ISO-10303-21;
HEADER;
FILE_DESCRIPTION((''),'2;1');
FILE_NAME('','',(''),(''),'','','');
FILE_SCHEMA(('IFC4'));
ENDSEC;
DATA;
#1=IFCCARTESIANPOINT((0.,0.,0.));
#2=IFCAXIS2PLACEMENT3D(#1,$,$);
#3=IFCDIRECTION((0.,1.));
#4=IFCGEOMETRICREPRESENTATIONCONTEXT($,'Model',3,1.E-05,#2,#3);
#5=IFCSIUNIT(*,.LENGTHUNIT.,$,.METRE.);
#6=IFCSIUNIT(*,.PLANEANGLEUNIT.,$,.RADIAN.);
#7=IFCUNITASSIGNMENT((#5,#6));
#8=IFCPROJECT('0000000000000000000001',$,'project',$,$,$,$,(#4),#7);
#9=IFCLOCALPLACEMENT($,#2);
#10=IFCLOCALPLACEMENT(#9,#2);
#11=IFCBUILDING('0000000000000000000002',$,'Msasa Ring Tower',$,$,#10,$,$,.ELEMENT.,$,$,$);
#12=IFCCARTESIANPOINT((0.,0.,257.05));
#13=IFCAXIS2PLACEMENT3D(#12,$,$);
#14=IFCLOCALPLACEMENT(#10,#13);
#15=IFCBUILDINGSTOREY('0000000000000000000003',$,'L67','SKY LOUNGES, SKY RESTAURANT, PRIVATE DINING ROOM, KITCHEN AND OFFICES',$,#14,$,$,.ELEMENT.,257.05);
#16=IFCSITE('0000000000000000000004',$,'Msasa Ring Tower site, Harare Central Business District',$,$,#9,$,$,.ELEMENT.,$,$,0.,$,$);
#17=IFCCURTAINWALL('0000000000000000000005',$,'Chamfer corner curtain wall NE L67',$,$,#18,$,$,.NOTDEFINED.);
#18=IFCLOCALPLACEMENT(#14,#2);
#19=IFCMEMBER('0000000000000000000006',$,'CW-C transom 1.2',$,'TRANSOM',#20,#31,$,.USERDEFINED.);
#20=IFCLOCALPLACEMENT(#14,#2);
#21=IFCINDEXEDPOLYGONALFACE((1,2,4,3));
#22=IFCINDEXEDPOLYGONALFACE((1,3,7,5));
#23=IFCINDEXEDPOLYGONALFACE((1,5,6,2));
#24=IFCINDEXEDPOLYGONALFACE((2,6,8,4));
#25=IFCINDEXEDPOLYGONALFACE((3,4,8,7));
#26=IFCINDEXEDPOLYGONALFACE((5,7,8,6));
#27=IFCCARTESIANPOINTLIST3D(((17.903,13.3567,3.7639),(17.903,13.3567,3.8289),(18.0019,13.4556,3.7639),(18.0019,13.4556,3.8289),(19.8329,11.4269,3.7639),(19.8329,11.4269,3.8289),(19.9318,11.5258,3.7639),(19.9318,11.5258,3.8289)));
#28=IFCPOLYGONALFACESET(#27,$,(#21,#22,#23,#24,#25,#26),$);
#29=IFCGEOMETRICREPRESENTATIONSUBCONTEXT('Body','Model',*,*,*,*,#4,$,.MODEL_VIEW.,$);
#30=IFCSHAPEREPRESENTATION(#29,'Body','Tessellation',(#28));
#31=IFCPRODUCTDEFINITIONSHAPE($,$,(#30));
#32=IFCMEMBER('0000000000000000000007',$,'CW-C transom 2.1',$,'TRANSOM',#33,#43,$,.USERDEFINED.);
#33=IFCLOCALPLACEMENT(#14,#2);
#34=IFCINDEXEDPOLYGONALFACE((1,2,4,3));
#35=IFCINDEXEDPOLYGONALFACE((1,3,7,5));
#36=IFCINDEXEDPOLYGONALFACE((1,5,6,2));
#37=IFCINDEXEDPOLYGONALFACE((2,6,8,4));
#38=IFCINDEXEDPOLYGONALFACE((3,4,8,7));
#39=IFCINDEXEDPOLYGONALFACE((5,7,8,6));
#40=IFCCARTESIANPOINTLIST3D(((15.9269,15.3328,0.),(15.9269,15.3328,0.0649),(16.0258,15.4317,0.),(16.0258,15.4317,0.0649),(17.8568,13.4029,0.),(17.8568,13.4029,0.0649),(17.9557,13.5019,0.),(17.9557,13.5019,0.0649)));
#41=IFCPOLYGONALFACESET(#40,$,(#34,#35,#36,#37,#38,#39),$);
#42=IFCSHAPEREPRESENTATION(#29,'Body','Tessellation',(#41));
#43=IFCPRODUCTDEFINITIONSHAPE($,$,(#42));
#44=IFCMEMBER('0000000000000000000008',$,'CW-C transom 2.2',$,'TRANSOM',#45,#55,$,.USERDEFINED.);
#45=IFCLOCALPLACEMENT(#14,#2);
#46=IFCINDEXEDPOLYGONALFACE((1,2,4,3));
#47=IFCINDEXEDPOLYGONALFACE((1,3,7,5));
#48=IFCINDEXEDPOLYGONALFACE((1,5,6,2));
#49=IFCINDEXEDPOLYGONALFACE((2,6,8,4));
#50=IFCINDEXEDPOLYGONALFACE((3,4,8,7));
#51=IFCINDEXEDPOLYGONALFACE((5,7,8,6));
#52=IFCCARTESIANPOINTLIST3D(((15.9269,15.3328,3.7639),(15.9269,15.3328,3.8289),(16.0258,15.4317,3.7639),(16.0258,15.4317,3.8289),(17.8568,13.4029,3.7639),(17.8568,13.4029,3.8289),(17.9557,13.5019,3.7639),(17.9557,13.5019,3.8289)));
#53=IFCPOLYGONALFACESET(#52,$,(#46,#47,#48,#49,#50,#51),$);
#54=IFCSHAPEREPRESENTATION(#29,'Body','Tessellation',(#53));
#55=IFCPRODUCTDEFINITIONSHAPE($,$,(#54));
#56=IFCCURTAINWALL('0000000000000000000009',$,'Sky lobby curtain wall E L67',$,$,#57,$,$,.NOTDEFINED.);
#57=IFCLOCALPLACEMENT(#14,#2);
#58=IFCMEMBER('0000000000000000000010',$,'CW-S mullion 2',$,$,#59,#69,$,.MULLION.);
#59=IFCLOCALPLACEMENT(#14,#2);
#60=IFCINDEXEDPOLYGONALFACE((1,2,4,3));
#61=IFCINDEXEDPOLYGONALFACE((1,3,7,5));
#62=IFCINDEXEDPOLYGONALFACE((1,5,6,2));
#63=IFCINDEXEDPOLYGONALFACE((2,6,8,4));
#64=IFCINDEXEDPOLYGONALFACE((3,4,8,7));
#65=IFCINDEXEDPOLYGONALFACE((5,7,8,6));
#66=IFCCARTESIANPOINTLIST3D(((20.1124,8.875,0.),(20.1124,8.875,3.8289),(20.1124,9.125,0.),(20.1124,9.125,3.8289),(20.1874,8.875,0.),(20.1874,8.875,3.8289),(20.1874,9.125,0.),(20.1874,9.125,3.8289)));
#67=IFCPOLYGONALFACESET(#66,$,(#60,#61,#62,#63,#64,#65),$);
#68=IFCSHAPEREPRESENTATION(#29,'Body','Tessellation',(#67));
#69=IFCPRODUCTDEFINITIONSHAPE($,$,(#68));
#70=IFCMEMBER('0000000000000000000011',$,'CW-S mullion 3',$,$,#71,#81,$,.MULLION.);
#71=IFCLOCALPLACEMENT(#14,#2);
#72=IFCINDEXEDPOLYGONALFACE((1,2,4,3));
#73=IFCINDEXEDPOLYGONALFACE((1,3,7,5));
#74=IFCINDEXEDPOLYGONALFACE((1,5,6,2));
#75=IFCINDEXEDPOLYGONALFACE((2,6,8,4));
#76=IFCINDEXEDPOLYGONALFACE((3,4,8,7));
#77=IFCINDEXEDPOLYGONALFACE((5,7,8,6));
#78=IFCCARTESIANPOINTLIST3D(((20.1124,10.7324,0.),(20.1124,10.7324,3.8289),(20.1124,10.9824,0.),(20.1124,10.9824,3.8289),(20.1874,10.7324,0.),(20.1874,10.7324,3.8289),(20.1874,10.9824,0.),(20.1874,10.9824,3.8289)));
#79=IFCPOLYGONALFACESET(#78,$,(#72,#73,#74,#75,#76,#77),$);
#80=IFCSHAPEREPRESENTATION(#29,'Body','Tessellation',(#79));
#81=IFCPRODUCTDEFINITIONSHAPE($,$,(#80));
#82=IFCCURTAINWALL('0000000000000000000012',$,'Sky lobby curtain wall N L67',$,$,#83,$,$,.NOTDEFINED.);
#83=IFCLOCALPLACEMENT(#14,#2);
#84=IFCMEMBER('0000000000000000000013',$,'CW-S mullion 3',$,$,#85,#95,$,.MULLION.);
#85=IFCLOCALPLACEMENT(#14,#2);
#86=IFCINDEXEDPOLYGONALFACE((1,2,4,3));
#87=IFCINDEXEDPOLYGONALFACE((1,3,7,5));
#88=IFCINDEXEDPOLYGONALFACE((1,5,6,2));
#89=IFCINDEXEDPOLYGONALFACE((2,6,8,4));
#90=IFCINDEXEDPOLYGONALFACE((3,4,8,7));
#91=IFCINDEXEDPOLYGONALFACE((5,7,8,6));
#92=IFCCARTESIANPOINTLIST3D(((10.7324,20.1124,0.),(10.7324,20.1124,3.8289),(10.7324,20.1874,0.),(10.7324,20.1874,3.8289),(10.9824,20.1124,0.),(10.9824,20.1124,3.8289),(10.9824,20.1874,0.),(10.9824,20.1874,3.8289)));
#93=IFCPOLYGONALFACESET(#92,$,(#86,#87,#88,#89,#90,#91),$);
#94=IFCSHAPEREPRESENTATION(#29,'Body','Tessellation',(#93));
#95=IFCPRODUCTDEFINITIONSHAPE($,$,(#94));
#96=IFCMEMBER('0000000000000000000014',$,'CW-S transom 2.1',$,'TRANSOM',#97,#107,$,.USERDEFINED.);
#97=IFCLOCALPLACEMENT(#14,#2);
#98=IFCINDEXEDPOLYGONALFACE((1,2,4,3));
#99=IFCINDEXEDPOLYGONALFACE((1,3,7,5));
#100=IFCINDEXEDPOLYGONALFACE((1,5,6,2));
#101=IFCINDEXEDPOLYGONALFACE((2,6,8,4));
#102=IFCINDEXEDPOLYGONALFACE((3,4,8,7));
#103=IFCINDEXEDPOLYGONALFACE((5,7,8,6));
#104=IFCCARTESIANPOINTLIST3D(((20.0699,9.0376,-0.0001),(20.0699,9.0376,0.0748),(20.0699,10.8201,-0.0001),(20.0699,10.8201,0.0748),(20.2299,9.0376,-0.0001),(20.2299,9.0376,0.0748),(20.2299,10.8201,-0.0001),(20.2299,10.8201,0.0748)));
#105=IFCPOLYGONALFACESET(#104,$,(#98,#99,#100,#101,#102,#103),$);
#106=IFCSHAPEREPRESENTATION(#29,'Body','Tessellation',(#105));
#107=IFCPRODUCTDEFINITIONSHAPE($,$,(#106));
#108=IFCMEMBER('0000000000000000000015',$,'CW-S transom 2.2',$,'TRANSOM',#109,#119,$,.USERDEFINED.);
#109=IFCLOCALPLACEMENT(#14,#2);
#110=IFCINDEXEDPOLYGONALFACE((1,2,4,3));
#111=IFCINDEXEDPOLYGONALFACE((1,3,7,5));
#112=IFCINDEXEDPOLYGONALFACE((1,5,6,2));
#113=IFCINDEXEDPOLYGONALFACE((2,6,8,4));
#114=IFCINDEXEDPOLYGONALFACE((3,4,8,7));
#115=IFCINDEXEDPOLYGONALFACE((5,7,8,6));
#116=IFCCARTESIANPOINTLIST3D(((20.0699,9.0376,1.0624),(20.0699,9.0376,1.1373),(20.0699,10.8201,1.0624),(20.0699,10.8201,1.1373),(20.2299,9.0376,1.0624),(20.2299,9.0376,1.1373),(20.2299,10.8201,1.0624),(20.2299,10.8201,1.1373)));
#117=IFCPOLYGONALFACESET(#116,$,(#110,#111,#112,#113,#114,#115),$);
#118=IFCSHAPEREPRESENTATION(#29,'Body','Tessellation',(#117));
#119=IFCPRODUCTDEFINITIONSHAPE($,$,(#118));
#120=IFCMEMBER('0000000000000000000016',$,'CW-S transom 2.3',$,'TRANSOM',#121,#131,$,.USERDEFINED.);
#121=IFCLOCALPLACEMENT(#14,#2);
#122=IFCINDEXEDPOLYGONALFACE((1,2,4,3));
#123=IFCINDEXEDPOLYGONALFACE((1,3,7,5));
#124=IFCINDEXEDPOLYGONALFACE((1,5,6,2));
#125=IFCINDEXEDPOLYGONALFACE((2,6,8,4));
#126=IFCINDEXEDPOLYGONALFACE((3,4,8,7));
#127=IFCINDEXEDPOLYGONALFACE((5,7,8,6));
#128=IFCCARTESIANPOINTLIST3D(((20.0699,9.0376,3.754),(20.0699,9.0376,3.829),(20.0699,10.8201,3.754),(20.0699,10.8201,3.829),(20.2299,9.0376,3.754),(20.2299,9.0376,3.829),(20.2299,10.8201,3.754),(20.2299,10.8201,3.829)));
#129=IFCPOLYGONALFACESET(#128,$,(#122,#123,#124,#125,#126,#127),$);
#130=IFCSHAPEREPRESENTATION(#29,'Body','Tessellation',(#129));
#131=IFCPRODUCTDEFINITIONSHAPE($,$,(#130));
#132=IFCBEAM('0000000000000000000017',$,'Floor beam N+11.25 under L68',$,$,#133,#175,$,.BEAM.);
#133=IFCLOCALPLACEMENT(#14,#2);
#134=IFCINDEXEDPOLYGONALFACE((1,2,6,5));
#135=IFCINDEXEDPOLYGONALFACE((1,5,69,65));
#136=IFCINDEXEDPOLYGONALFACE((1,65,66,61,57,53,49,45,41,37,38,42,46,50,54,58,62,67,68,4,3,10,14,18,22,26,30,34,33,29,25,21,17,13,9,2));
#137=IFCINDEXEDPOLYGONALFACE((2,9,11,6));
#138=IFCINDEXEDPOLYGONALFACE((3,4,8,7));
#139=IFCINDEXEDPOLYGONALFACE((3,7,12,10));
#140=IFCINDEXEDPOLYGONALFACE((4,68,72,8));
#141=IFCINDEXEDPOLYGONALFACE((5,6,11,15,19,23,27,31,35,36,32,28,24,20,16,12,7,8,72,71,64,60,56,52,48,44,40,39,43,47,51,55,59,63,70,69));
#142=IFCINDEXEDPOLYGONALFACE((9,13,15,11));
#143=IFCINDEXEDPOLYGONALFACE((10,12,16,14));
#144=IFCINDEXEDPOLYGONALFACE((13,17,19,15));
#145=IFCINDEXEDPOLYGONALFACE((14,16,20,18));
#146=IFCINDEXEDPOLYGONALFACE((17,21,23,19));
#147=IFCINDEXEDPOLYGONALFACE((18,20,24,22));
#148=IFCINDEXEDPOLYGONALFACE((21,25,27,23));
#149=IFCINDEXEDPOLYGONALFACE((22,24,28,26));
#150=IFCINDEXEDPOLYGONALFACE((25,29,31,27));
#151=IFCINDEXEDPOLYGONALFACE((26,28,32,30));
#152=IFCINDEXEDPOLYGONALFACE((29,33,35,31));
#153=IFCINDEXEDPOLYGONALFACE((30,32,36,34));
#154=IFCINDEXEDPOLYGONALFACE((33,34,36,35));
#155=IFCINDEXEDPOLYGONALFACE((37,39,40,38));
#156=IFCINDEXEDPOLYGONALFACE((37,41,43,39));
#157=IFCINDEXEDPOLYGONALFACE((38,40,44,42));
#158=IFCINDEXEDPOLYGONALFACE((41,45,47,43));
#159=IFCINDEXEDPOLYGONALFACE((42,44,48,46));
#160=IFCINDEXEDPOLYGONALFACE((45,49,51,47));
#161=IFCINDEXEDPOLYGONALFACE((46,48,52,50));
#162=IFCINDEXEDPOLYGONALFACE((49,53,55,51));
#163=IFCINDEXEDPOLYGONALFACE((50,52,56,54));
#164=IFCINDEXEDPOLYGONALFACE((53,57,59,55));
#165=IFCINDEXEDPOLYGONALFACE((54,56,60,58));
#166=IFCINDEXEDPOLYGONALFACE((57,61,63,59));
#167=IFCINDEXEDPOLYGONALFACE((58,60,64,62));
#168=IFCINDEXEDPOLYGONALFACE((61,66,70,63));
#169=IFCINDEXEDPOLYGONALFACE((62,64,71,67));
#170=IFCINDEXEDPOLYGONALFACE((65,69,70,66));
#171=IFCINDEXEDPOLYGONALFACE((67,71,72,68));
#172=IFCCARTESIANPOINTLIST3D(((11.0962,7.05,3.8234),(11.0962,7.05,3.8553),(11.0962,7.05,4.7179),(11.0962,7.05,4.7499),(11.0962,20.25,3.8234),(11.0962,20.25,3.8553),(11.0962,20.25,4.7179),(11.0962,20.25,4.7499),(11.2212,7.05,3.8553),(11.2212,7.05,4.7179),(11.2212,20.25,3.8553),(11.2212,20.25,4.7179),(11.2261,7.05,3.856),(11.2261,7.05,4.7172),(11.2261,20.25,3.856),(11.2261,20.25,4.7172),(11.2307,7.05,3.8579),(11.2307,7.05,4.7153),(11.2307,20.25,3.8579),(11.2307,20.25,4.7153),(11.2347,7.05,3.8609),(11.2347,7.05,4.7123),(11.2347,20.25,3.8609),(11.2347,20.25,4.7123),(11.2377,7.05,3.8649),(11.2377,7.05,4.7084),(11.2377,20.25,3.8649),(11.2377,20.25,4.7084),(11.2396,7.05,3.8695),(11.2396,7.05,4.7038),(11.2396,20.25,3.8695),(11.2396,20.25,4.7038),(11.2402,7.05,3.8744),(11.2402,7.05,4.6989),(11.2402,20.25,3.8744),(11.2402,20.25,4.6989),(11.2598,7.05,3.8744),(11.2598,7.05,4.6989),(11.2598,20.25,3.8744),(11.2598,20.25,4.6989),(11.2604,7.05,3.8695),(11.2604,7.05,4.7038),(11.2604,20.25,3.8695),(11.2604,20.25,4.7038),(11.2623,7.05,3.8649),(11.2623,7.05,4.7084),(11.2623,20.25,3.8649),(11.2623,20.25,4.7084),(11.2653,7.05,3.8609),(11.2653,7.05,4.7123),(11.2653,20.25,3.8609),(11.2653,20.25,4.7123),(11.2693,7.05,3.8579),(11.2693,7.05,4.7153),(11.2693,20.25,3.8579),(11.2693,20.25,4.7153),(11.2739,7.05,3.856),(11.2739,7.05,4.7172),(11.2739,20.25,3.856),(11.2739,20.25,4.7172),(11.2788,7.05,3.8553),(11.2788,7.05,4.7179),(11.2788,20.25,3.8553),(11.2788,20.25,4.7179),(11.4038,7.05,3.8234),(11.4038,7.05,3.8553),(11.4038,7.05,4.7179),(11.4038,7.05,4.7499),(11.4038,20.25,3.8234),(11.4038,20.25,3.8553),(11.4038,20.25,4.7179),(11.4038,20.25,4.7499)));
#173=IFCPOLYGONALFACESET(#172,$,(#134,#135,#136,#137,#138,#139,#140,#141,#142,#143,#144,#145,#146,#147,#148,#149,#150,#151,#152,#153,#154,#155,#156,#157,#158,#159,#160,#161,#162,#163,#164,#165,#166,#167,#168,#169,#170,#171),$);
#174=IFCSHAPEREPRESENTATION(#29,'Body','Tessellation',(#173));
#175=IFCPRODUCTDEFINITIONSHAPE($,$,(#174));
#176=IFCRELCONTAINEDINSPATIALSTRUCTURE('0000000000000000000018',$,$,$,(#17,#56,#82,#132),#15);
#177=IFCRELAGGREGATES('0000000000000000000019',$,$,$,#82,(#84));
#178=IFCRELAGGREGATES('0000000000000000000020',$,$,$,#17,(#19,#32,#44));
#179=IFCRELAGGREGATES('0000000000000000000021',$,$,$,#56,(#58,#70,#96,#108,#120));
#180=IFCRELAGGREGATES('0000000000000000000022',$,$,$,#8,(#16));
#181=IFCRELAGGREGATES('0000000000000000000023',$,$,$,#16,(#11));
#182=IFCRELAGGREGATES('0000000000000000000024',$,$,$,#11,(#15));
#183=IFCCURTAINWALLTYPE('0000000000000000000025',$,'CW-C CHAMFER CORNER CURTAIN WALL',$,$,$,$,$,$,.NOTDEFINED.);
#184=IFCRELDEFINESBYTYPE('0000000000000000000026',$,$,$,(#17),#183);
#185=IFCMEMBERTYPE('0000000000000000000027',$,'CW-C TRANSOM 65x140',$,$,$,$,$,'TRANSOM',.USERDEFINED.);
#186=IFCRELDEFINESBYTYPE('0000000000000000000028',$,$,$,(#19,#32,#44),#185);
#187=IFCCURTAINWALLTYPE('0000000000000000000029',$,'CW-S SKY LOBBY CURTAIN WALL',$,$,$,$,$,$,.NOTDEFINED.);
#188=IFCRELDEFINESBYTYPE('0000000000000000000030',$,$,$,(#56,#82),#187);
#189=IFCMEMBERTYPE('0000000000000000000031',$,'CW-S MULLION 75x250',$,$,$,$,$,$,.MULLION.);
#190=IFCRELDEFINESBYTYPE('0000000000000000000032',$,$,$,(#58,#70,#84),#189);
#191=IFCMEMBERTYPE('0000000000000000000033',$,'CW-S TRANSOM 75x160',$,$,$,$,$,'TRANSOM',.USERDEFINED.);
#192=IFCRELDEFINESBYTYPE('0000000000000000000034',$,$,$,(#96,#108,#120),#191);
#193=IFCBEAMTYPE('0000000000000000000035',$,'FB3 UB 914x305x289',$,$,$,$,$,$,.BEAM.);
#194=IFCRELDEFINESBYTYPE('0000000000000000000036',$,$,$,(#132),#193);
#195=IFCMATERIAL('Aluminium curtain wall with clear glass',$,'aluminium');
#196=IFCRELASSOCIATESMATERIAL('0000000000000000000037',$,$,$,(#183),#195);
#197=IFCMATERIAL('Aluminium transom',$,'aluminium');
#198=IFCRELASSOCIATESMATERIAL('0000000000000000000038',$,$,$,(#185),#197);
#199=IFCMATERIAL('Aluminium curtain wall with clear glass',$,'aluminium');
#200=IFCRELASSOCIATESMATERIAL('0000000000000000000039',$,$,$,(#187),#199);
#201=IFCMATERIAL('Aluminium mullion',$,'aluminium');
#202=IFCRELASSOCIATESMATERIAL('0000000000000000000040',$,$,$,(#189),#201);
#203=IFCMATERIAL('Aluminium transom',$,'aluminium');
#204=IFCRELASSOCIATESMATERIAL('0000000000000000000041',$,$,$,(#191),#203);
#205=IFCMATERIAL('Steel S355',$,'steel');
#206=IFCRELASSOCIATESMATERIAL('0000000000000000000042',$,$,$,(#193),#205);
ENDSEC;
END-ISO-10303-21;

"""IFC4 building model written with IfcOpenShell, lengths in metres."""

from ifc_helpers import new_model, si_unit, direction, frame, origin, origin_2d, place, context, subcontext, project, spatial, rectangle, i_section, extrude, material, material_profile, profile_set, type_object, element, aggregate, save


model = new_model("IFC4")

# Units and contexts
model_context = context("Model", 3, precision=1e-05, world=origin(), true_north=direction((0.0, 1.0)))
body_context = subcontext(model_context, "Body", "Model", "MODEL_VIEW")
ifc_project = project(units=[si_unit("LENGTHUNIT", "METRE"), si_unit("PLANEANGLEUNIT", "RADIAN")], contexts=[model_context])

# Site, building, storey
site_placement = place(None, origin())
site = spatial("IfcSite", under=ifc_project, at=site_placement, Name="Msasa Ring Tower site, Harare Central Business District", CompositionType="ELEMENT", RefElevation=0.0)
building_placement = place(site_placement, origin())
building = spatial("IfcBuilding", under=site, at=building_placement, Name="Msasa Ring Tower", CompositionType="ELEMENT")
storey_placement = place(building_placement, frame((0.0, 0.0, 257.05)))
storey = spatial("IfcBuildingStorey", under=building, at=storey_placement, Name="L67", Description="SKY LOUNGES, SKY RESTAURANT, PRIVATE DINING ROOM, KITCHEN AND OFFICES", CompositionType="ELEMENT", Elevation=257.05)

# Curtain wall
ifc_material_1 = material(Name="Aluminium curtain wall with clear glass", Category="aluminium")
curtain_wall_type_1 = type_object("IfcCurtainWallType", Name="CW-C CHAMFER CORNER CURTAIN WALL", PredefinedType="NOTDEFINED", material=ifc_material_1)
curtain_wall_1_placement = place(storey_placement, origin())
curtain_wall_1 = element("IfcCurtainWall", 1, at=curtain_wall_1_placement, inside=storey, type_object=curtain_wall_type_1, Name="Chamfer corner curtain wall NE L67", PredefinedType="NOTDEFINED")

# Members
ifc_material_2 = material(Name="Aluminium transom", Category="aluminium")
ifc_material_profile_1 = material_profile(ifc_material_2, rectangle(XDim=0.1399, YDim=0.0649, at=origin_2d()), Name="AL 65x140")
ifc_profile_set_1 = profile_set([ifc_material_profile_1], Name="Aluminium transom")
member_type_1 = type_object("IfcMemberType", Name="CW-C TRANSOM 65x140", ElementType="TRANSOM", PredefinedType="USERDEFINED", material=ifc_profile_set_1)
member_1_placement = place(storey_placement, frame((19.8823, 11.4763, 3.7964), z_axis=(-0.707107, 0.707107, 0.0), x_axis=(-0.707107, -0.707107, 0.0)))
member_1 = element("IfcMember", 2, at=member_1_placement, type_object=member_type_1, Name="CW-C transom 1.2", ObjectType="TRANSOM", PredefinedType="USERDEFINED", context=body_context, shape_type="SweptSolid", body=[
    extrude(rectangle(XDim=0.1399, YDim=0.0649, at=origin_2d()), origin(), (0.0, 0.0, 1.0), 2.7292),
])
member_2_placement = place(storey_placement, frame((17.9062, 13.4524, 0.0325), z_axis=(-0.707107, 0.707107, 0.0), x_axis=(-0.707107, -0.707107, 0.0)))
member_2 = element("IfcMember", 3, at=member_2_placement, type_object=member_type_1, Name="CW-C transom 2.1", ObjectType="TRANSOM", PredefinedType="USERDEFINED", context=body_context, shape_type="SweptSolid", body=[
    extrude(rectangle(XDim=0.1399, YDim=0.0649, at=origin_2d()), origin(), (0.0, 0.0, 1.0), 2.7292),
])
member_3_placement = place(storey_placement, frame((17.9062, 13.4524, 3.7964), z_axis=(-0.707107, 0.707107, 0.0), x_axis=(-0.707107, -0.707107, 0.0)))
member_3 = element("IfcMember", 4, at=member_3_placement, type_object=member_type_1, Name="CW-C transom 2.2", ObjectType="TRANSOM", PredefinedType="USERDEFINED", context=body_context, shape_type="SweptSolid", body=[
    extrude(rectangle(XDim=0.1399, YDim=0.0649, at=origin_2d()), origin(), (0.0, 0.0, 1.0), 2.7292),
])

# Curtain wall, members
ifc_material_3 = material(Name="Aluminium curtain wall with clear glass", Category="aluminium")
curtain_wall_type_2 = type_object("IfcCurtainWallType", Name="CW-S SKY LOBBY CURTAIN WALL", PredefinedType="NOTDEFINED", material=ifc_material_3)
curtain_wall_2_placement = place(storey_placement, origin())
curtain_wall_2 = element("IfcCurtainWall", 5, at=curtain_wall_2_placement, inside=storey, type_object=curtain_wall_type_2, Name="Sky lobby curtain wall E L67", PredefinedType="NOTDEFINED")
ifc_material_4 = material(Name="Aluminium mullion", Category="aluminium")
ifc_material_profile_2 = material_profile(ifc_material_4, rectangle(XDim=0.075, YDim=0.25, at=origin_2d()), Name="AL 75x250")
ifc_profile_set_2 = profile_set([ifc_material_profile_2], Name="Aluminium mullion")
member_type_2 = type_object("IfcMemberType", Name="CW-S MULLION 75x250", PredefinedType="MULLION", material=ifc_profile_set_2)
member_4_placement = place(storey_placement, frame((20.1499, 9.0, 0.0), z_axis=(0.0, 0.0, 1.0), x_axis=(-1.0, 0.0, 0.0)))
member_4 = element("IfcMember", 6, at=member_4_placement, type_object=member_type_2, Name="CW-S mullion 2", PredefinedType="MULLION", context=body_context, shape_type="SweptSolid", body=[
    extrude(rectangle(XDim=0.075, YDim=0.25, at=origin_2d()), origin(), (0.0, 0.0, 1.0), 3.8289),
])
member_5_placement = place(storey_placement, frame((20.1499, 10.8574, 0.0), z_axis=(0.0, 0.0, 1.0), x_axis=(-1.0, 0.0, 0.0)))
member_5 = element("IfcMember", 7, at=member_5_placement, type_object=member_type_2, Name="CW-S mullion 3", PredefinedType="MULLION", context=body_context, shape_type="SweptSolid", body=[
    extrude(rectangle(XDim=0.075, YDim=0.25, at=origin_2d()), origin(), (0.0, 0.0, 1.0), 3.8289),
])

# Curtain wall, member
curtain_wall_3_placement = place(storey_placement, origin())
curtain_wall_3 = element("IfcCurtainWall", 8, at=curtain_wall_3_placement, inside=storey, type_object=curtain_wall_type_2, Name="Sky lobby curtain wall N L67", PredefinedType="NOTDEFINED")
member_6_placement = place(storey_placement, frame((10.8574, 20.1499, 0.0), z_axis=(0.0, 0.0, 1.0), x_axis=(0.0, 1.0, 0.0)))
member_6 = element("IfcMember", 9, at=member_6_placement, type_object=member_type_2, Name="CW-S mullion 3", PredefinedType="MULLION", context=body_context, shape_type="SweptSolid", body=[
    extrude(rectangle(XDim=0.075, YDim=0.25, at=origin_2d()), origin(), (0.0, 0.0, 1.0), 3.8289),
])
aggregate(curtain_wall_3, [member_6])

# Members
ifc_material_5 = material(Name="Aluminium transom", Category="aluminium")
ifc_material_profile_3 = material_profile(ifc_material_5, rectangle(XDim=0.1599, YDim=0.075, at=origin_2d()), Name="AL 75x160")
ifc_profile_set_3 = profile_set([ifc_material_profile_3], Name="Aluminium transom")
member_type_3 = type_object("IfcMemberType", Name="CW-S TRANSOM 75x160", ElementType="TRANSOM", PredefinedType="USERDEFINED", material=ifc_profile_set_3)
member_7_placement = place(storey_placement, frame((20.1499, 9.0376, 0.0374), z_axis=(0.0, 1.0, 0.0), x_axis=(-1.0, 0.0, 0.0)))
member_7 = element("IfcMember", 10, at=member_7_placement, type_object=member_type_3, Name="CW-S transom 2.1", ObjectType="TRANSOM", PredefinedType="USERDEFINED", context=body_context, shape_type="SweptSolid", body=[
    extrude(rectangle(XDim=0.1599, YDim=0.075, at=origin_2d()), origin(), (0.0, 0.0, 1.0), 1.7825),
])
member_8_placement = place(storey_placement, frame((20.1499, 9.0376, 1.0999), z_axis=(0.0, 1.0, 0.0), x_axis=(-1.0, 0.0, 0.0)))
member_8 = element("IfcMember", 11, at=member_8_placement, type_object=member_type_3, Name="CW-S transom 2.2", ObjectType="TRANSOM", PredefinedType="USERDEFINED", context=body_context, shape_type="SweptSolid", body=[
    extrude(rectangle(XDim=0.1599, YDim=0.075, at=origin_2d()), origin(), (0.0, 0.0, 1.0), 1.7825),
])
member_9_placement = place(storey_placement, frame((20.1499, 9.0376, 3.7915), z_axis=(0.0, 1.0, 0.0), x_axis=(-1.0, 0.0, 0.0)))
member_9 = element("IfcMember", 12, at=member_9_placement, type_object=member_type_3, Name="CW-S transom 2.3", ObjectType="TRANSOM", PredefinedType="USERDEFINED", context=body_context, shape_type="SweptSolid", body=[
    extrude(rectangle(XDim=0.1599, YDim=0.075, at=origin_2d()), origin(), (0.0, 0.0, 1.0), 1.7825),
])

# Beam
ifc_material_6 = material(Name="Steel S355", Category="steel")
ifc_material_profile_4 = material_profile(ifc_material_6, i_section(OverallWidth=0.3076, OverallDepth=0.9265, WebThickness=0.0195, FlangeThickness=0.032, FilletRadius=0.019, at=origin_2d()), Name="UB 914x305x289")
ifc_profile_set_4 = profile_set([ifc_material_profile_4], Name="Steel S355")
beam_type_1 = type_object("IfcBeamType", Name="FB3 UB 914x305x289", PredefinedType="BEAM", material=ifc_profile_set_4)
beam_1_placement = place(storey_placement, frame((11.25, 20.25, 4.2866), z_axis=(0.0, -1.0, 0.0), x_axis=(1.0, 0.0, 0.0)))
element("IfcBeam", 13, at=beam_1_placement, inside=storey, type_object=beam_type_1, Name="Floor beam N+11.25 under L68", PredefinedType="BEAM", context=body_context, shape_type="SweptSolid", body=[
    extrude(i_section(OverallWidth=0.3076, OverallDepth=0.9265, WebThickness=0.0195, FlangeThickness=0.032, FilletRadius=0.019, at=origin_2d()), origin(), (0.0, 0.0, 1.0), 13.2),
])

aggregate(curtain_wall_1, [member_1, member_2, member_3])
aggregate(curtain_wall_2, [member_4, member_5, member_7, member_8, member_9])

save(model, "model.ifc")
